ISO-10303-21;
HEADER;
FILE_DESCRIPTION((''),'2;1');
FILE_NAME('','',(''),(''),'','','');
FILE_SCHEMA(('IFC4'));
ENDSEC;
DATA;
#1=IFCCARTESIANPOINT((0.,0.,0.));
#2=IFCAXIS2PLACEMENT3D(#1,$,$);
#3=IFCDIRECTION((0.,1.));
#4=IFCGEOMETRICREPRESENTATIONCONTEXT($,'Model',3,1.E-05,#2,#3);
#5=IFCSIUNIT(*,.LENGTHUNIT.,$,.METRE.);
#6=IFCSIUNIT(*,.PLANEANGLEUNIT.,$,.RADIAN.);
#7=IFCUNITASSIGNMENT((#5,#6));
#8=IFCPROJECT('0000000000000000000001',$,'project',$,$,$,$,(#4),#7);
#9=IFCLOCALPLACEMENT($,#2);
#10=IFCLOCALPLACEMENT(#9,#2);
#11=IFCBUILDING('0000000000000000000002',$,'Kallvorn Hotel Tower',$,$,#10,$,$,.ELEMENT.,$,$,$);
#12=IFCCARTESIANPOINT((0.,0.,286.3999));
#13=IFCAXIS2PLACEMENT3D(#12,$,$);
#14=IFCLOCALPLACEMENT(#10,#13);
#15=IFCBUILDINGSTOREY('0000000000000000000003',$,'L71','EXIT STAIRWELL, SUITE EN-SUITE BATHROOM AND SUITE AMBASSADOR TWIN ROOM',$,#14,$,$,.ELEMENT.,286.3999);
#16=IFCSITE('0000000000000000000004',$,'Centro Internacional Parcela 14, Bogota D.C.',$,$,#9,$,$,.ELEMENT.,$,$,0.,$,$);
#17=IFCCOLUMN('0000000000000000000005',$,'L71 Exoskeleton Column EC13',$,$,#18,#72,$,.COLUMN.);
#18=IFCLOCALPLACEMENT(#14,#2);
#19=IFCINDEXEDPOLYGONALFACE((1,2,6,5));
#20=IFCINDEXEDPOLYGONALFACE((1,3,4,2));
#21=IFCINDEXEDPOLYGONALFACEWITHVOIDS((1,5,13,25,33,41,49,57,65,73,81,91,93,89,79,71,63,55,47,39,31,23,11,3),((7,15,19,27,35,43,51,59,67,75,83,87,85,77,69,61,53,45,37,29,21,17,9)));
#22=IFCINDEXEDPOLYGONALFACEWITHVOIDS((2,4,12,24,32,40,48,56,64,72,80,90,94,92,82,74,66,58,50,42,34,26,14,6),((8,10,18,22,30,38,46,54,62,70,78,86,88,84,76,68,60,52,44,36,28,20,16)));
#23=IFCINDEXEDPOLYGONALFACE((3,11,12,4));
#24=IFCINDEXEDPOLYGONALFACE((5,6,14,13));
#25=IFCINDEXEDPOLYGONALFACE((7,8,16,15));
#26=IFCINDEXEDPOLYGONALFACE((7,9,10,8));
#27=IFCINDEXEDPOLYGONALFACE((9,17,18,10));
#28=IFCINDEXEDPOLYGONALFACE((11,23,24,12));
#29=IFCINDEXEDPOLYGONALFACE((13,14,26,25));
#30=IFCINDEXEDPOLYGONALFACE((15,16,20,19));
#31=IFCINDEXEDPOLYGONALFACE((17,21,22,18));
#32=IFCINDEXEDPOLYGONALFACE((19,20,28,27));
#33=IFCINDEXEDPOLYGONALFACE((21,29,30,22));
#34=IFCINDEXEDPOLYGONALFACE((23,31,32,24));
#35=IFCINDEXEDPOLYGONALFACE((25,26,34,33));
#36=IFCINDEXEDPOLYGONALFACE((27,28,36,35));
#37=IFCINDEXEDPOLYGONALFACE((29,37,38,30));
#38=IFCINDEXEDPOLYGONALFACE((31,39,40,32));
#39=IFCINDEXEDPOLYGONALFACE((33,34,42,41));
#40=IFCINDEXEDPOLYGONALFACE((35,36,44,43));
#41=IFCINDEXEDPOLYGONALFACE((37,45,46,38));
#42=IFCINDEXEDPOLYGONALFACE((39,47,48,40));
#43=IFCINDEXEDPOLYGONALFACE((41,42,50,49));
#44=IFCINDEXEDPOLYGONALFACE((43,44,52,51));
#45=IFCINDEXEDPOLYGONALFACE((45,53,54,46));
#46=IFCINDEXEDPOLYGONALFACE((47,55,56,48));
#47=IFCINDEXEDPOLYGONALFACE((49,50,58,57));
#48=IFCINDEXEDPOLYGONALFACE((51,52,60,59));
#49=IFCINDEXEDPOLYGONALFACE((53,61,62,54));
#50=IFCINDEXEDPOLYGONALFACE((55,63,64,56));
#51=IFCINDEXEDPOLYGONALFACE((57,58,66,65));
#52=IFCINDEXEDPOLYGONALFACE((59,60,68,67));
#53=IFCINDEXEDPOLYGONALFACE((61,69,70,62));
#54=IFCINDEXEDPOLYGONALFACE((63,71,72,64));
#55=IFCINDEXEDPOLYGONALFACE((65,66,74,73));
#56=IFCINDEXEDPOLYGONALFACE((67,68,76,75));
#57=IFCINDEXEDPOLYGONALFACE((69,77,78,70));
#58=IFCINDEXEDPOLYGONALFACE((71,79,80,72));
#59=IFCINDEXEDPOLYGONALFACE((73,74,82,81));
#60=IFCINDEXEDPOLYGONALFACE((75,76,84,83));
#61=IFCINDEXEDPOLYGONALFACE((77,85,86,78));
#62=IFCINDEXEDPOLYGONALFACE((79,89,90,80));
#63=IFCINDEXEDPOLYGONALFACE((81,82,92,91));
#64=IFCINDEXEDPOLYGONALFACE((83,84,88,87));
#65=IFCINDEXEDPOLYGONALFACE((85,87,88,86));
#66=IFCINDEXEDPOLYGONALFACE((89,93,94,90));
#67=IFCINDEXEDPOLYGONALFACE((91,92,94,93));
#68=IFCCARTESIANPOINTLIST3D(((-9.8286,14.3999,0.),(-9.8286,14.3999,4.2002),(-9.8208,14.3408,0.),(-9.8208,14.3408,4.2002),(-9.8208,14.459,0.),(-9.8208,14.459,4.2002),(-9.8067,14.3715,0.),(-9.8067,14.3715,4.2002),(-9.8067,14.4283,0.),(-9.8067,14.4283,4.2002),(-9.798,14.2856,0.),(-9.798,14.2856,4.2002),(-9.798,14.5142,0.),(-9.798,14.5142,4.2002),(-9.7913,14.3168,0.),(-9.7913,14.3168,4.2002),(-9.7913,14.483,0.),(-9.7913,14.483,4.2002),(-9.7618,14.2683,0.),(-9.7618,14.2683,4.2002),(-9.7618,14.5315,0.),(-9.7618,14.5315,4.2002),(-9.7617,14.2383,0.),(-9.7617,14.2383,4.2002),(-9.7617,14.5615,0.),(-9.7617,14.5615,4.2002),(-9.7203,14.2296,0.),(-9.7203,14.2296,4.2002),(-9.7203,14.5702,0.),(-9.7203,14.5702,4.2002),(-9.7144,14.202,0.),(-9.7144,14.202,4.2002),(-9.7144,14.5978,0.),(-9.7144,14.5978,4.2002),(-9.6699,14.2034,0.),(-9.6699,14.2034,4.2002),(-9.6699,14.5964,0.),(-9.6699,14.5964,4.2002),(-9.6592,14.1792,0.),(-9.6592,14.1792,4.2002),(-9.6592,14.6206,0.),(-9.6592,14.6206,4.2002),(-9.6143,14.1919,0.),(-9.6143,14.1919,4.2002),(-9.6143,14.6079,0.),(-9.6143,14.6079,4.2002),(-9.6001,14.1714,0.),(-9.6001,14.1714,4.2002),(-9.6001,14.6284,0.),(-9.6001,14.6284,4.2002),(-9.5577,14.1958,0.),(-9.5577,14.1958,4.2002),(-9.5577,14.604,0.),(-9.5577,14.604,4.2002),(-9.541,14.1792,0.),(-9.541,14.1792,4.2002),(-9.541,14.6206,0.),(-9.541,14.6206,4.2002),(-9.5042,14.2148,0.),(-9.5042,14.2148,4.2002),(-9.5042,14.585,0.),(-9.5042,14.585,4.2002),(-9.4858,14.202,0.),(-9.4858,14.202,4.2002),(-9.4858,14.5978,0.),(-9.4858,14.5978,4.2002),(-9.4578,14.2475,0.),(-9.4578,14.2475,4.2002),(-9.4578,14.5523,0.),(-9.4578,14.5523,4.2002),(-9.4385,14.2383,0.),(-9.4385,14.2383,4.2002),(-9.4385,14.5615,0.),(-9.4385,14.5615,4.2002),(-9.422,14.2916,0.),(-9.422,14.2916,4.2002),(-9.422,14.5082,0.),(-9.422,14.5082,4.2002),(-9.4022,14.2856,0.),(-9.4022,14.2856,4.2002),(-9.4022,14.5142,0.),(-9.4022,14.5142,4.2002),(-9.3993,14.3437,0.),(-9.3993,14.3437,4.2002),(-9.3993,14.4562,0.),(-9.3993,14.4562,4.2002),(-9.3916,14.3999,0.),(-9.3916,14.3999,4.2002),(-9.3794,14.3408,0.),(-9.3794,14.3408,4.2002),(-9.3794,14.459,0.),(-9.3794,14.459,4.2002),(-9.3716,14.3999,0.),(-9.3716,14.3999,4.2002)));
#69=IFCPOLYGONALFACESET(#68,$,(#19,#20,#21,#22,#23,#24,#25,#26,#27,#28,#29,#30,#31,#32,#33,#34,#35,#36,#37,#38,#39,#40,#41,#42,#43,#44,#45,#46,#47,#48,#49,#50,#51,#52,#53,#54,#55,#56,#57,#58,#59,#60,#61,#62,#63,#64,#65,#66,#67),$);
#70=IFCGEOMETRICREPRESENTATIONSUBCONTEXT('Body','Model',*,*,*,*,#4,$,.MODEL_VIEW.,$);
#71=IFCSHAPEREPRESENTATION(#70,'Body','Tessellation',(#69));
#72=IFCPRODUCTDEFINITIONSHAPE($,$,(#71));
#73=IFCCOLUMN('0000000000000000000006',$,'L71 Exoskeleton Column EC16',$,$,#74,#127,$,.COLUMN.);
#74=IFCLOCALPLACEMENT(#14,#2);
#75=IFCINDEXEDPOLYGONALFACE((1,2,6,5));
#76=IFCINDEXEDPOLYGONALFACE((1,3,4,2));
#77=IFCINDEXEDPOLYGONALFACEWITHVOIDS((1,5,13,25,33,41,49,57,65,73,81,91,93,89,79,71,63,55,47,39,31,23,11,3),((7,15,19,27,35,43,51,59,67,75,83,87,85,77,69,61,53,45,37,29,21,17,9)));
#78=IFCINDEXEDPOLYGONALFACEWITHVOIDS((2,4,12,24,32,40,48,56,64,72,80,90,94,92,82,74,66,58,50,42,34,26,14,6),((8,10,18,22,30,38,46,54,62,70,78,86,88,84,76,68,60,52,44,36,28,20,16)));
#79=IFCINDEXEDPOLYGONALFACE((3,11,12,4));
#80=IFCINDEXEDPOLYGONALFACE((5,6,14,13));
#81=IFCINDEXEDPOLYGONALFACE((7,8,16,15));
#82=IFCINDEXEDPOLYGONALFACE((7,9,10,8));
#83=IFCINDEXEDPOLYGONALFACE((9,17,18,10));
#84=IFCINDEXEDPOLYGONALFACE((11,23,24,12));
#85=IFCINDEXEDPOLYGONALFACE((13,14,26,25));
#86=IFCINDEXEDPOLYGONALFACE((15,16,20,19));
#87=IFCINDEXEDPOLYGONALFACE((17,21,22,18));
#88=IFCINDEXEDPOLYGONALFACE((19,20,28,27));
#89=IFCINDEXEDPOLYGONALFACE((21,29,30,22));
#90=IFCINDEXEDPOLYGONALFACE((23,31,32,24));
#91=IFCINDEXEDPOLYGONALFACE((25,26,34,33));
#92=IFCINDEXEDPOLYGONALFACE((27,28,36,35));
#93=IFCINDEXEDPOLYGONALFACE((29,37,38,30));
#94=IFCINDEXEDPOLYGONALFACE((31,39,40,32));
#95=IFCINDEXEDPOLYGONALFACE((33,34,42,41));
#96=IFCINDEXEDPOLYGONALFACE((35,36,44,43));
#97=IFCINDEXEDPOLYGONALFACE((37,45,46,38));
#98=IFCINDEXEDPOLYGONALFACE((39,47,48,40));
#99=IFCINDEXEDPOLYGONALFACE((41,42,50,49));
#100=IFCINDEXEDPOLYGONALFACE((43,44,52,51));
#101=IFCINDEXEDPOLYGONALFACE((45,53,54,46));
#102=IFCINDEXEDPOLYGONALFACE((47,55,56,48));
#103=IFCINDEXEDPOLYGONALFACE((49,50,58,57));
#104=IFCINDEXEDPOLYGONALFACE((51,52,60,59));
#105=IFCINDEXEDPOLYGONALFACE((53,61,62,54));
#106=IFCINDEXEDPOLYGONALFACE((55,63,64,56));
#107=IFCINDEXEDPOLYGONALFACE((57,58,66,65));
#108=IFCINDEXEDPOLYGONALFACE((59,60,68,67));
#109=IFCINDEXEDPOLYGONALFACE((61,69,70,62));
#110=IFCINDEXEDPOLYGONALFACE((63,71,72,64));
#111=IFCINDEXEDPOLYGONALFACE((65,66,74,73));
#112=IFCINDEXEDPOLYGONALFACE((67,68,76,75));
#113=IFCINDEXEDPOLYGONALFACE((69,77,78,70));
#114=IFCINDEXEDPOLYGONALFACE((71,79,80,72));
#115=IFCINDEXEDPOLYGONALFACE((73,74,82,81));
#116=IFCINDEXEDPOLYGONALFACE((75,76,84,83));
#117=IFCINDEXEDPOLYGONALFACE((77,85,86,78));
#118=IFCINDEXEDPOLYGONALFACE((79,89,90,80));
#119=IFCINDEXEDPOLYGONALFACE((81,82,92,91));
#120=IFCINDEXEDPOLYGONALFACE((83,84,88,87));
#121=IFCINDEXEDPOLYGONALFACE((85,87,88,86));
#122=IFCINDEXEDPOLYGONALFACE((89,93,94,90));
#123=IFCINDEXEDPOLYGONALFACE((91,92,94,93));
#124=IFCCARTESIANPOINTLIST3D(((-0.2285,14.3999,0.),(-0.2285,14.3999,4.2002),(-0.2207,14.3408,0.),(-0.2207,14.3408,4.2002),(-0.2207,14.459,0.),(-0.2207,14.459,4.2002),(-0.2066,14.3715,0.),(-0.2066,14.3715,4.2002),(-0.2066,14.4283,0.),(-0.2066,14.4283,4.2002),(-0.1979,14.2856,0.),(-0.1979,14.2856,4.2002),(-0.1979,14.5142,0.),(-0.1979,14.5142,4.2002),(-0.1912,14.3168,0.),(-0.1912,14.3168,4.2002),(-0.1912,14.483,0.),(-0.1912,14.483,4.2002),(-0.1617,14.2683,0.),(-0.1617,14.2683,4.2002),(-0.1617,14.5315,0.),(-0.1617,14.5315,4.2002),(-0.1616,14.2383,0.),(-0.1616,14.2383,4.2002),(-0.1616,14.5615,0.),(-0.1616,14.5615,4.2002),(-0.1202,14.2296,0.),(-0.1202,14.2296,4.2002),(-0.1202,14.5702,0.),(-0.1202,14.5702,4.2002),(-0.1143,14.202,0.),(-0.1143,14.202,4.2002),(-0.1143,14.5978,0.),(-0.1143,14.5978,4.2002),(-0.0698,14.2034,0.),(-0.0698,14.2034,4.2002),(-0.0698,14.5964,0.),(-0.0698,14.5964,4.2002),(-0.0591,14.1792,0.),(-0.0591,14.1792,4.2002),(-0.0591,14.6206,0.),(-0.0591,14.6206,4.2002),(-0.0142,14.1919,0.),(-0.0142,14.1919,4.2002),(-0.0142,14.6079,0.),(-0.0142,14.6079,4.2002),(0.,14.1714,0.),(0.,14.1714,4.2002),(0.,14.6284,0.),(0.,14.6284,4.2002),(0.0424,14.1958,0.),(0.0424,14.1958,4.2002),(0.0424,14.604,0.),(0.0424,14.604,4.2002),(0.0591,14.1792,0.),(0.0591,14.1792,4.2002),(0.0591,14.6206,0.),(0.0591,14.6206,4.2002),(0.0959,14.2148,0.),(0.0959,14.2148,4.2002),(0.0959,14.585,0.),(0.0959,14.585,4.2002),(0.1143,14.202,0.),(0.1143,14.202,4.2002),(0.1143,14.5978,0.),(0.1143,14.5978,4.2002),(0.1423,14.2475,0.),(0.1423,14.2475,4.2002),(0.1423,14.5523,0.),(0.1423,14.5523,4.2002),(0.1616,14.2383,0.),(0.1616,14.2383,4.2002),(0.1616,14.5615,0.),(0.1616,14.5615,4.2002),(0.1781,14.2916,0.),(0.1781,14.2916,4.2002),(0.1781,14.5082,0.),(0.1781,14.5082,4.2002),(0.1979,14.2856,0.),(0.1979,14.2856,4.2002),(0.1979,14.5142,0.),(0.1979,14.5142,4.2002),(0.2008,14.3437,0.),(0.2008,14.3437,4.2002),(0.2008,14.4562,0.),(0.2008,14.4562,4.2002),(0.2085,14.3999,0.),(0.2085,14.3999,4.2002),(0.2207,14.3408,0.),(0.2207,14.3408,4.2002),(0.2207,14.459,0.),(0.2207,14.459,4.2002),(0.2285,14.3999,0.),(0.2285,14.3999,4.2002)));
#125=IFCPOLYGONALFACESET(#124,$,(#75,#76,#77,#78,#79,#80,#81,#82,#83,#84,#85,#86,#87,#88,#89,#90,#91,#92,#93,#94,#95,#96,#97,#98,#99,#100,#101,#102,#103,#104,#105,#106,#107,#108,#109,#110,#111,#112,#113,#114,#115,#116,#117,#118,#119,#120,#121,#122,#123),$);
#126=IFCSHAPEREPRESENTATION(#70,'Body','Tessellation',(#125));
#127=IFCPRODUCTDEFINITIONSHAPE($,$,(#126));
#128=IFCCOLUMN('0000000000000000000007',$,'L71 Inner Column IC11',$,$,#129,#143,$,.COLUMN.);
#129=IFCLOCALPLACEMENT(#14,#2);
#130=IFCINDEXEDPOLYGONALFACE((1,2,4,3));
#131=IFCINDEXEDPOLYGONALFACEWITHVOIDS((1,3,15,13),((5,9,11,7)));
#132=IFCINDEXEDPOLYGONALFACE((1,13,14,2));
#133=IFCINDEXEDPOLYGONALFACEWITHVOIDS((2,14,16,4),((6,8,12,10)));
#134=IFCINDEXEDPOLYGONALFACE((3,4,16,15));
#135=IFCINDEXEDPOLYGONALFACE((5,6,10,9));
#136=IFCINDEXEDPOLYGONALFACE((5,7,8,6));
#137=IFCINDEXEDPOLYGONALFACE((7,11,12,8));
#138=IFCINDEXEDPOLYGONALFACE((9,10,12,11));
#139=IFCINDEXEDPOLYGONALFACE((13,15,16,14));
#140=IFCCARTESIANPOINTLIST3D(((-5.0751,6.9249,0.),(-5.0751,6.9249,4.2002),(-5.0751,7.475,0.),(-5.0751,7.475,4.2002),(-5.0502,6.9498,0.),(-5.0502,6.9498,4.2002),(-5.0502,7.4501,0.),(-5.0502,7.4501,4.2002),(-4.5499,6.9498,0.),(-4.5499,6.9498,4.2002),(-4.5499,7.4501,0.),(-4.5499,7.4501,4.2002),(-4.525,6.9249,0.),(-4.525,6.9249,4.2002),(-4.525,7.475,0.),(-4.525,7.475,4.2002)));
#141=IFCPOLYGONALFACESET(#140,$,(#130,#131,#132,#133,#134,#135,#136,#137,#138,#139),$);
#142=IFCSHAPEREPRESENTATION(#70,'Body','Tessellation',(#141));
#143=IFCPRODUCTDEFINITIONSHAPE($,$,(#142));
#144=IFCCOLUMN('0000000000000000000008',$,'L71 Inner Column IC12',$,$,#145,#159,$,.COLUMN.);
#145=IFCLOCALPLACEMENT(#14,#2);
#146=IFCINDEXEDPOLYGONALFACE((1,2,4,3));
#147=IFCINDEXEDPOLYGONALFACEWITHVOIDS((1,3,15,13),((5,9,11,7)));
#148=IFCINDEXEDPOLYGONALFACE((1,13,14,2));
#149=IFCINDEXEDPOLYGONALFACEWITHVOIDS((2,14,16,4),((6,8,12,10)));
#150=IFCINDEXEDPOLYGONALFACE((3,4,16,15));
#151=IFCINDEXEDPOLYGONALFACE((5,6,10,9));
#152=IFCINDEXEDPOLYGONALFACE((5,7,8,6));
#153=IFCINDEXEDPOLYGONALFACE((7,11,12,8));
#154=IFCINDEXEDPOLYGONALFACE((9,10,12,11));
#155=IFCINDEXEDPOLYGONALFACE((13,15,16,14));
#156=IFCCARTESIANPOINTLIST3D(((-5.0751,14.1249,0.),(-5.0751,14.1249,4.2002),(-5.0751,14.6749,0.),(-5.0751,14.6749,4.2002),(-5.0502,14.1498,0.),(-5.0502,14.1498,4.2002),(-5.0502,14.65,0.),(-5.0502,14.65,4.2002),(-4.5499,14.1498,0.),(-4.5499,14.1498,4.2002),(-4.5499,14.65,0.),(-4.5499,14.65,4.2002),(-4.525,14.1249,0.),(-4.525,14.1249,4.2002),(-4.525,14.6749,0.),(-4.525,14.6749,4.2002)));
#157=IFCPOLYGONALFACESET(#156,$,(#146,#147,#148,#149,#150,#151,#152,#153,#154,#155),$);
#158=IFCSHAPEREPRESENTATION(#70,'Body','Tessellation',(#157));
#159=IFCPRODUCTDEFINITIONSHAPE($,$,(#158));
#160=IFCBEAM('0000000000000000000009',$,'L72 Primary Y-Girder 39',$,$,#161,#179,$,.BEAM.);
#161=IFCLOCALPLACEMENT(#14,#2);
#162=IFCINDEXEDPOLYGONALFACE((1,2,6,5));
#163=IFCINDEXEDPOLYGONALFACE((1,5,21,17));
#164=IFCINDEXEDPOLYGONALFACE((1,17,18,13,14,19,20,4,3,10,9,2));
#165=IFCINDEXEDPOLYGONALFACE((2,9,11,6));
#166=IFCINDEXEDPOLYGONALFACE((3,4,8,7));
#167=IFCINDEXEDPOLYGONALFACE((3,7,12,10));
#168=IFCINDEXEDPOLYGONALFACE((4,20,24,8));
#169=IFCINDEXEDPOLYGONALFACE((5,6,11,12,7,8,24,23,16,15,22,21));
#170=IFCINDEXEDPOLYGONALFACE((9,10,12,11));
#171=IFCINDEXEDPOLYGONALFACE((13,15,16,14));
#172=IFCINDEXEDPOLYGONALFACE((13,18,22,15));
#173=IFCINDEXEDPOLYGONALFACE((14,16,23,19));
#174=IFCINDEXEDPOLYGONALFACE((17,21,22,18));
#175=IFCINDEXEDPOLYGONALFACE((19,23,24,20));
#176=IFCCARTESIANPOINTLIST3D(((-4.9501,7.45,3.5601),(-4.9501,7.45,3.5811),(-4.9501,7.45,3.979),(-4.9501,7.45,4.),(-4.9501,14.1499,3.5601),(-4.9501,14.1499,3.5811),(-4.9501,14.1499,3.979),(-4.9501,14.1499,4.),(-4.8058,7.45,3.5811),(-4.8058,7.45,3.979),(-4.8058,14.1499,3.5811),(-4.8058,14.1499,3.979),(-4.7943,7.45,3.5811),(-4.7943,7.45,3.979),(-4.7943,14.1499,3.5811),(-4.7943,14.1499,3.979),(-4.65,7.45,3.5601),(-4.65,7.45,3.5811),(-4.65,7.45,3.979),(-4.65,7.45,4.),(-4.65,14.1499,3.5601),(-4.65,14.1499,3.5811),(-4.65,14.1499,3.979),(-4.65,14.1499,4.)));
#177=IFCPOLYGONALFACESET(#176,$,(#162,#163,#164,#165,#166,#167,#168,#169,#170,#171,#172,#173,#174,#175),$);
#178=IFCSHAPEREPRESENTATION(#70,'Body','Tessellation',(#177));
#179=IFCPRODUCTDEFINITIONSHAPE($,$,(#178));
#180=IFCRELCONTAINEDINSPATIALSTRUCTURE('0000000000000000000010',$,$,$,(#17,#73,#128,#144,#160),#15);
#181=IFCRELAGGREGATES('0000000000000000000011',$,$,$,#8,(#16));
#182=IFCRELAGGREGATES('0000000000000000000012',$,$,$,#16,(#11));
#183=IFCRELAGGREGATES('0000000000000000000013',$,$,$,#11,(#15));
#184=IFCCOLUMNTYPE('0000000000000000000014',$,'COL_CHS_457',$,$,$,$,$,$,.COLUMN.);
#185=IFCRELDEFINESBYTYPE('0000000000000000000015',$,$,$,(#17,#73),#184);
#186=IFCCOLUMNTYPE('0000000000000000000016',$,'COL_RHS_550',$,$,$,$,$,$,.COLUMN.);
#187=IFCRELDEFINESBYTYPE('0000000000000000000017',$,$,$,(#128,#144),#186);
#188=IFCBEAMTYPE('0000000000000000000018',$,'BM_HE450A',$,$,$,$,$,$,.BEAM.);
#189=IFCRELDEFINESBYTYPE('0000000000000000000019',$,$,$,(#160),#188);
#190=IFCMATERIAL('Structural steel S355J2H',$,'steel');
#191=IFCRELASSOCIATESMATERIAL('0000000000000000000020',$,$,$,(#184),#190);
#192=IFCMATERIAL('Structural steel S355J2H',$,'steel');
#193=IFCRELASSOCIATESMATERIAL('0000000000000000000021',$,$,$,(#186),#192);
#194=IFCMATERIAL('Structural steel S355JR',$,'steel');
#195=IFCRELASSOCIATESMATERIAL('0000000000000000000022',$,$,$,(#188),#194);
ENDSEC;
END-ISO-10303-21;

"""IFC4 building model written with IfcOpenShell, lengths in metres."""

from ifc_helpers import new_model, si_unit, direction, frame, origin, origin_2d, place, context, subcontext, project, spatial, hollow_rectangle, hollow_circle, i_section, extrude, material, material_profile, profile_set, type_object, element, save


model = new_model("IFC4")

# Units and contexts
model_context = context("Model", 3, precision=1e-05, world=origin(), true_north=direction((0.0, 1.0)))
body_context = subcontext(model_context, "Body", "Model", "MODEL_VIEW")
ifc_project = project(units=[si_unit("LENGTHUNIT", "METRE"), si_unit("PLANEANGLEUNIT", "RADIAN")], contexts=[model_context])

# Site, building, storey
site_placement = place(None, origin())
site = spatial("IfcSite", under=ifc_project, at=site_placement, Name="Centro Internacional Parcela 14, Bogota D.C.", CompositionType="ELEMENT", RefElevation=0.0)
building_placement = place(site_placement, origin())
building = spatial("IfcBuilding", under=site, at=building_placement, Name="Kallvorn Hotel Tower", CompositionType="ELEMENT")
storey_placement = place(building_placement, frame((0.0, 0.0, 286.3999)))
storey = spatial("IfcBuildingStorey", under=building, at=storey_placement, Name="L71", Description="EXIT STAIRWELL, SUITE EN-SUITE BATHROOM AND SUITE AMBASSADOR TWIN ROOM", CompositionType="ELEMENT", Elevation=286.3999)

# Columns
ifc_material_1 = material(Name="Structural steel S355J2H", Category="steel")
ifc_material_profile_1 = material_profile(ifc_material_1, hollow_circle(Radius=0.2285, WallThickness=0.02, at=origin_2d()), Name="CHS 457x20")
ifc_profile_set_1 = profile_set([ifc_material_profile_1], Name="Structural steel S355J2H")
column_type_1 = type_object("IfcColumnType", Name="COL_CHS_457", PredefinedType="COLUMN", material=ifc_profile_set_1)
for number, where, z_axis, x_axis, name in (
    (1, (-9.6001, 14.3999, 0.0), (0.0, 0.0, 1.0), (1.0, 0.0, 0.0), "L71 Exoskeleton Column EC13"),
    (2, (0.0, 14.3999, 0.0), (0.0, 0.0, 1.0), (1.0, 0.0, 0.0), "L71 Exoskeleton Column EC16"),
):
    element("IfcColumn", number, at=place(storey_placement, frame(where, z_axis=z_axis, x_axis=x_axis)), inside=storey, type_object=column_type_1, Name=name, PredefinedType="COLUMN", context=body_context, shape_type="SweptSolid", body=[
        extrude(hollow_circle(Radius=0.2285, WallThickness=0.02, at=origin_2d()), origin(), (0.0, 0.0, 1.0), 4.2002),
    ])
ifc_material_2 = material(Name="Structural steel S355J2H", Category="steel")
ifc_material_profile_2 = material_profile(ifc_material_2, hollow_rectangle(XDim=0.55, YDim=0.55, WallThickness=0.0249, at=origin_2d()), Name="RHS 550x550x25")
ifc_profile_set_2 = profile_set([ifc_material_profile_2], Name="Structural steel S355J2H")
column_type_2 = type_object("IfcColumnType", Name="COL_RHS_550", PredefinedType="COLUMN", material=ifc_profile_set_2)
for number, where, z_axis, x_axis, name in (
    (3, (-4.8, 7.2, 0.0), (0.0, 0.0, 1.0), (1.0, 0.0, 0.0), "L71 Inner Column IC11"),
    (4, (-4.8, 14.3999, 0.0), (0.0, 0.0, 1.0), (1.0, 0.0, 0.0), "L71 Inner Column IC12"),
):
    element("IfcColumn", number, at=place(storey_placement, frame(where, z_axis=z_axis, x_axis=x_axis)), inside=storey, type_object=column_type_2, Name=name, PredefinedType="COLUMN", context=body_context, shape_type="SweptSolid", body=[
        extrude(hollow_rectangle(XDim=0.55, YDim=0.55, WallThickness=0.0249, at=origin_2d()), origin(), (0.0, 0.0, 1.0), 4.2002),
    ])

# Beam
ifc_material_3 = material(Name="Structural steel S355JR", Category="steel")
ifc_material_profile_3 = material_profile(ifc_material_3, i_section(OverallWidth=0.3, OverallDepth=0.4399, WebThickness=0.0115, FlangeThickness=0.021, at=origin_2d()), Name="HE 450 A")
ifc_profile_set_3 = profile_set([ifc_material_profile_3], Name="Structural steel S355JR")
beam_type_1 = type_object("IfcBeamType", Name="BM_HE450A", PredefinedType="BEAM", material=ifc_profile_set_3)
beam_1_placement = place(storey_placement, frame((-4.8, 7.45, 3.78), z_axis=(0.0, 1.0, 0.0), x_axis=(-1.0, 0.0, 0.0)))
element("IfcBeam", 5, at=beam_1_placement, inside=storey, type_object=beam_type_1, Name="L72 Primary Y-Girder 39", PredefinedType="BEAM", context=body_context, shape_type="SweptSolid", body=[
    extrude(i_section(OverallWidth=0.3, OverallDepth=0.4399, WebThickness=0.0115, FlangeThickness=0.021, at=origin_2d()), origin(), (0.0, 0.0, 1.0), 6.7),
])

save(model, "model.ifc")
